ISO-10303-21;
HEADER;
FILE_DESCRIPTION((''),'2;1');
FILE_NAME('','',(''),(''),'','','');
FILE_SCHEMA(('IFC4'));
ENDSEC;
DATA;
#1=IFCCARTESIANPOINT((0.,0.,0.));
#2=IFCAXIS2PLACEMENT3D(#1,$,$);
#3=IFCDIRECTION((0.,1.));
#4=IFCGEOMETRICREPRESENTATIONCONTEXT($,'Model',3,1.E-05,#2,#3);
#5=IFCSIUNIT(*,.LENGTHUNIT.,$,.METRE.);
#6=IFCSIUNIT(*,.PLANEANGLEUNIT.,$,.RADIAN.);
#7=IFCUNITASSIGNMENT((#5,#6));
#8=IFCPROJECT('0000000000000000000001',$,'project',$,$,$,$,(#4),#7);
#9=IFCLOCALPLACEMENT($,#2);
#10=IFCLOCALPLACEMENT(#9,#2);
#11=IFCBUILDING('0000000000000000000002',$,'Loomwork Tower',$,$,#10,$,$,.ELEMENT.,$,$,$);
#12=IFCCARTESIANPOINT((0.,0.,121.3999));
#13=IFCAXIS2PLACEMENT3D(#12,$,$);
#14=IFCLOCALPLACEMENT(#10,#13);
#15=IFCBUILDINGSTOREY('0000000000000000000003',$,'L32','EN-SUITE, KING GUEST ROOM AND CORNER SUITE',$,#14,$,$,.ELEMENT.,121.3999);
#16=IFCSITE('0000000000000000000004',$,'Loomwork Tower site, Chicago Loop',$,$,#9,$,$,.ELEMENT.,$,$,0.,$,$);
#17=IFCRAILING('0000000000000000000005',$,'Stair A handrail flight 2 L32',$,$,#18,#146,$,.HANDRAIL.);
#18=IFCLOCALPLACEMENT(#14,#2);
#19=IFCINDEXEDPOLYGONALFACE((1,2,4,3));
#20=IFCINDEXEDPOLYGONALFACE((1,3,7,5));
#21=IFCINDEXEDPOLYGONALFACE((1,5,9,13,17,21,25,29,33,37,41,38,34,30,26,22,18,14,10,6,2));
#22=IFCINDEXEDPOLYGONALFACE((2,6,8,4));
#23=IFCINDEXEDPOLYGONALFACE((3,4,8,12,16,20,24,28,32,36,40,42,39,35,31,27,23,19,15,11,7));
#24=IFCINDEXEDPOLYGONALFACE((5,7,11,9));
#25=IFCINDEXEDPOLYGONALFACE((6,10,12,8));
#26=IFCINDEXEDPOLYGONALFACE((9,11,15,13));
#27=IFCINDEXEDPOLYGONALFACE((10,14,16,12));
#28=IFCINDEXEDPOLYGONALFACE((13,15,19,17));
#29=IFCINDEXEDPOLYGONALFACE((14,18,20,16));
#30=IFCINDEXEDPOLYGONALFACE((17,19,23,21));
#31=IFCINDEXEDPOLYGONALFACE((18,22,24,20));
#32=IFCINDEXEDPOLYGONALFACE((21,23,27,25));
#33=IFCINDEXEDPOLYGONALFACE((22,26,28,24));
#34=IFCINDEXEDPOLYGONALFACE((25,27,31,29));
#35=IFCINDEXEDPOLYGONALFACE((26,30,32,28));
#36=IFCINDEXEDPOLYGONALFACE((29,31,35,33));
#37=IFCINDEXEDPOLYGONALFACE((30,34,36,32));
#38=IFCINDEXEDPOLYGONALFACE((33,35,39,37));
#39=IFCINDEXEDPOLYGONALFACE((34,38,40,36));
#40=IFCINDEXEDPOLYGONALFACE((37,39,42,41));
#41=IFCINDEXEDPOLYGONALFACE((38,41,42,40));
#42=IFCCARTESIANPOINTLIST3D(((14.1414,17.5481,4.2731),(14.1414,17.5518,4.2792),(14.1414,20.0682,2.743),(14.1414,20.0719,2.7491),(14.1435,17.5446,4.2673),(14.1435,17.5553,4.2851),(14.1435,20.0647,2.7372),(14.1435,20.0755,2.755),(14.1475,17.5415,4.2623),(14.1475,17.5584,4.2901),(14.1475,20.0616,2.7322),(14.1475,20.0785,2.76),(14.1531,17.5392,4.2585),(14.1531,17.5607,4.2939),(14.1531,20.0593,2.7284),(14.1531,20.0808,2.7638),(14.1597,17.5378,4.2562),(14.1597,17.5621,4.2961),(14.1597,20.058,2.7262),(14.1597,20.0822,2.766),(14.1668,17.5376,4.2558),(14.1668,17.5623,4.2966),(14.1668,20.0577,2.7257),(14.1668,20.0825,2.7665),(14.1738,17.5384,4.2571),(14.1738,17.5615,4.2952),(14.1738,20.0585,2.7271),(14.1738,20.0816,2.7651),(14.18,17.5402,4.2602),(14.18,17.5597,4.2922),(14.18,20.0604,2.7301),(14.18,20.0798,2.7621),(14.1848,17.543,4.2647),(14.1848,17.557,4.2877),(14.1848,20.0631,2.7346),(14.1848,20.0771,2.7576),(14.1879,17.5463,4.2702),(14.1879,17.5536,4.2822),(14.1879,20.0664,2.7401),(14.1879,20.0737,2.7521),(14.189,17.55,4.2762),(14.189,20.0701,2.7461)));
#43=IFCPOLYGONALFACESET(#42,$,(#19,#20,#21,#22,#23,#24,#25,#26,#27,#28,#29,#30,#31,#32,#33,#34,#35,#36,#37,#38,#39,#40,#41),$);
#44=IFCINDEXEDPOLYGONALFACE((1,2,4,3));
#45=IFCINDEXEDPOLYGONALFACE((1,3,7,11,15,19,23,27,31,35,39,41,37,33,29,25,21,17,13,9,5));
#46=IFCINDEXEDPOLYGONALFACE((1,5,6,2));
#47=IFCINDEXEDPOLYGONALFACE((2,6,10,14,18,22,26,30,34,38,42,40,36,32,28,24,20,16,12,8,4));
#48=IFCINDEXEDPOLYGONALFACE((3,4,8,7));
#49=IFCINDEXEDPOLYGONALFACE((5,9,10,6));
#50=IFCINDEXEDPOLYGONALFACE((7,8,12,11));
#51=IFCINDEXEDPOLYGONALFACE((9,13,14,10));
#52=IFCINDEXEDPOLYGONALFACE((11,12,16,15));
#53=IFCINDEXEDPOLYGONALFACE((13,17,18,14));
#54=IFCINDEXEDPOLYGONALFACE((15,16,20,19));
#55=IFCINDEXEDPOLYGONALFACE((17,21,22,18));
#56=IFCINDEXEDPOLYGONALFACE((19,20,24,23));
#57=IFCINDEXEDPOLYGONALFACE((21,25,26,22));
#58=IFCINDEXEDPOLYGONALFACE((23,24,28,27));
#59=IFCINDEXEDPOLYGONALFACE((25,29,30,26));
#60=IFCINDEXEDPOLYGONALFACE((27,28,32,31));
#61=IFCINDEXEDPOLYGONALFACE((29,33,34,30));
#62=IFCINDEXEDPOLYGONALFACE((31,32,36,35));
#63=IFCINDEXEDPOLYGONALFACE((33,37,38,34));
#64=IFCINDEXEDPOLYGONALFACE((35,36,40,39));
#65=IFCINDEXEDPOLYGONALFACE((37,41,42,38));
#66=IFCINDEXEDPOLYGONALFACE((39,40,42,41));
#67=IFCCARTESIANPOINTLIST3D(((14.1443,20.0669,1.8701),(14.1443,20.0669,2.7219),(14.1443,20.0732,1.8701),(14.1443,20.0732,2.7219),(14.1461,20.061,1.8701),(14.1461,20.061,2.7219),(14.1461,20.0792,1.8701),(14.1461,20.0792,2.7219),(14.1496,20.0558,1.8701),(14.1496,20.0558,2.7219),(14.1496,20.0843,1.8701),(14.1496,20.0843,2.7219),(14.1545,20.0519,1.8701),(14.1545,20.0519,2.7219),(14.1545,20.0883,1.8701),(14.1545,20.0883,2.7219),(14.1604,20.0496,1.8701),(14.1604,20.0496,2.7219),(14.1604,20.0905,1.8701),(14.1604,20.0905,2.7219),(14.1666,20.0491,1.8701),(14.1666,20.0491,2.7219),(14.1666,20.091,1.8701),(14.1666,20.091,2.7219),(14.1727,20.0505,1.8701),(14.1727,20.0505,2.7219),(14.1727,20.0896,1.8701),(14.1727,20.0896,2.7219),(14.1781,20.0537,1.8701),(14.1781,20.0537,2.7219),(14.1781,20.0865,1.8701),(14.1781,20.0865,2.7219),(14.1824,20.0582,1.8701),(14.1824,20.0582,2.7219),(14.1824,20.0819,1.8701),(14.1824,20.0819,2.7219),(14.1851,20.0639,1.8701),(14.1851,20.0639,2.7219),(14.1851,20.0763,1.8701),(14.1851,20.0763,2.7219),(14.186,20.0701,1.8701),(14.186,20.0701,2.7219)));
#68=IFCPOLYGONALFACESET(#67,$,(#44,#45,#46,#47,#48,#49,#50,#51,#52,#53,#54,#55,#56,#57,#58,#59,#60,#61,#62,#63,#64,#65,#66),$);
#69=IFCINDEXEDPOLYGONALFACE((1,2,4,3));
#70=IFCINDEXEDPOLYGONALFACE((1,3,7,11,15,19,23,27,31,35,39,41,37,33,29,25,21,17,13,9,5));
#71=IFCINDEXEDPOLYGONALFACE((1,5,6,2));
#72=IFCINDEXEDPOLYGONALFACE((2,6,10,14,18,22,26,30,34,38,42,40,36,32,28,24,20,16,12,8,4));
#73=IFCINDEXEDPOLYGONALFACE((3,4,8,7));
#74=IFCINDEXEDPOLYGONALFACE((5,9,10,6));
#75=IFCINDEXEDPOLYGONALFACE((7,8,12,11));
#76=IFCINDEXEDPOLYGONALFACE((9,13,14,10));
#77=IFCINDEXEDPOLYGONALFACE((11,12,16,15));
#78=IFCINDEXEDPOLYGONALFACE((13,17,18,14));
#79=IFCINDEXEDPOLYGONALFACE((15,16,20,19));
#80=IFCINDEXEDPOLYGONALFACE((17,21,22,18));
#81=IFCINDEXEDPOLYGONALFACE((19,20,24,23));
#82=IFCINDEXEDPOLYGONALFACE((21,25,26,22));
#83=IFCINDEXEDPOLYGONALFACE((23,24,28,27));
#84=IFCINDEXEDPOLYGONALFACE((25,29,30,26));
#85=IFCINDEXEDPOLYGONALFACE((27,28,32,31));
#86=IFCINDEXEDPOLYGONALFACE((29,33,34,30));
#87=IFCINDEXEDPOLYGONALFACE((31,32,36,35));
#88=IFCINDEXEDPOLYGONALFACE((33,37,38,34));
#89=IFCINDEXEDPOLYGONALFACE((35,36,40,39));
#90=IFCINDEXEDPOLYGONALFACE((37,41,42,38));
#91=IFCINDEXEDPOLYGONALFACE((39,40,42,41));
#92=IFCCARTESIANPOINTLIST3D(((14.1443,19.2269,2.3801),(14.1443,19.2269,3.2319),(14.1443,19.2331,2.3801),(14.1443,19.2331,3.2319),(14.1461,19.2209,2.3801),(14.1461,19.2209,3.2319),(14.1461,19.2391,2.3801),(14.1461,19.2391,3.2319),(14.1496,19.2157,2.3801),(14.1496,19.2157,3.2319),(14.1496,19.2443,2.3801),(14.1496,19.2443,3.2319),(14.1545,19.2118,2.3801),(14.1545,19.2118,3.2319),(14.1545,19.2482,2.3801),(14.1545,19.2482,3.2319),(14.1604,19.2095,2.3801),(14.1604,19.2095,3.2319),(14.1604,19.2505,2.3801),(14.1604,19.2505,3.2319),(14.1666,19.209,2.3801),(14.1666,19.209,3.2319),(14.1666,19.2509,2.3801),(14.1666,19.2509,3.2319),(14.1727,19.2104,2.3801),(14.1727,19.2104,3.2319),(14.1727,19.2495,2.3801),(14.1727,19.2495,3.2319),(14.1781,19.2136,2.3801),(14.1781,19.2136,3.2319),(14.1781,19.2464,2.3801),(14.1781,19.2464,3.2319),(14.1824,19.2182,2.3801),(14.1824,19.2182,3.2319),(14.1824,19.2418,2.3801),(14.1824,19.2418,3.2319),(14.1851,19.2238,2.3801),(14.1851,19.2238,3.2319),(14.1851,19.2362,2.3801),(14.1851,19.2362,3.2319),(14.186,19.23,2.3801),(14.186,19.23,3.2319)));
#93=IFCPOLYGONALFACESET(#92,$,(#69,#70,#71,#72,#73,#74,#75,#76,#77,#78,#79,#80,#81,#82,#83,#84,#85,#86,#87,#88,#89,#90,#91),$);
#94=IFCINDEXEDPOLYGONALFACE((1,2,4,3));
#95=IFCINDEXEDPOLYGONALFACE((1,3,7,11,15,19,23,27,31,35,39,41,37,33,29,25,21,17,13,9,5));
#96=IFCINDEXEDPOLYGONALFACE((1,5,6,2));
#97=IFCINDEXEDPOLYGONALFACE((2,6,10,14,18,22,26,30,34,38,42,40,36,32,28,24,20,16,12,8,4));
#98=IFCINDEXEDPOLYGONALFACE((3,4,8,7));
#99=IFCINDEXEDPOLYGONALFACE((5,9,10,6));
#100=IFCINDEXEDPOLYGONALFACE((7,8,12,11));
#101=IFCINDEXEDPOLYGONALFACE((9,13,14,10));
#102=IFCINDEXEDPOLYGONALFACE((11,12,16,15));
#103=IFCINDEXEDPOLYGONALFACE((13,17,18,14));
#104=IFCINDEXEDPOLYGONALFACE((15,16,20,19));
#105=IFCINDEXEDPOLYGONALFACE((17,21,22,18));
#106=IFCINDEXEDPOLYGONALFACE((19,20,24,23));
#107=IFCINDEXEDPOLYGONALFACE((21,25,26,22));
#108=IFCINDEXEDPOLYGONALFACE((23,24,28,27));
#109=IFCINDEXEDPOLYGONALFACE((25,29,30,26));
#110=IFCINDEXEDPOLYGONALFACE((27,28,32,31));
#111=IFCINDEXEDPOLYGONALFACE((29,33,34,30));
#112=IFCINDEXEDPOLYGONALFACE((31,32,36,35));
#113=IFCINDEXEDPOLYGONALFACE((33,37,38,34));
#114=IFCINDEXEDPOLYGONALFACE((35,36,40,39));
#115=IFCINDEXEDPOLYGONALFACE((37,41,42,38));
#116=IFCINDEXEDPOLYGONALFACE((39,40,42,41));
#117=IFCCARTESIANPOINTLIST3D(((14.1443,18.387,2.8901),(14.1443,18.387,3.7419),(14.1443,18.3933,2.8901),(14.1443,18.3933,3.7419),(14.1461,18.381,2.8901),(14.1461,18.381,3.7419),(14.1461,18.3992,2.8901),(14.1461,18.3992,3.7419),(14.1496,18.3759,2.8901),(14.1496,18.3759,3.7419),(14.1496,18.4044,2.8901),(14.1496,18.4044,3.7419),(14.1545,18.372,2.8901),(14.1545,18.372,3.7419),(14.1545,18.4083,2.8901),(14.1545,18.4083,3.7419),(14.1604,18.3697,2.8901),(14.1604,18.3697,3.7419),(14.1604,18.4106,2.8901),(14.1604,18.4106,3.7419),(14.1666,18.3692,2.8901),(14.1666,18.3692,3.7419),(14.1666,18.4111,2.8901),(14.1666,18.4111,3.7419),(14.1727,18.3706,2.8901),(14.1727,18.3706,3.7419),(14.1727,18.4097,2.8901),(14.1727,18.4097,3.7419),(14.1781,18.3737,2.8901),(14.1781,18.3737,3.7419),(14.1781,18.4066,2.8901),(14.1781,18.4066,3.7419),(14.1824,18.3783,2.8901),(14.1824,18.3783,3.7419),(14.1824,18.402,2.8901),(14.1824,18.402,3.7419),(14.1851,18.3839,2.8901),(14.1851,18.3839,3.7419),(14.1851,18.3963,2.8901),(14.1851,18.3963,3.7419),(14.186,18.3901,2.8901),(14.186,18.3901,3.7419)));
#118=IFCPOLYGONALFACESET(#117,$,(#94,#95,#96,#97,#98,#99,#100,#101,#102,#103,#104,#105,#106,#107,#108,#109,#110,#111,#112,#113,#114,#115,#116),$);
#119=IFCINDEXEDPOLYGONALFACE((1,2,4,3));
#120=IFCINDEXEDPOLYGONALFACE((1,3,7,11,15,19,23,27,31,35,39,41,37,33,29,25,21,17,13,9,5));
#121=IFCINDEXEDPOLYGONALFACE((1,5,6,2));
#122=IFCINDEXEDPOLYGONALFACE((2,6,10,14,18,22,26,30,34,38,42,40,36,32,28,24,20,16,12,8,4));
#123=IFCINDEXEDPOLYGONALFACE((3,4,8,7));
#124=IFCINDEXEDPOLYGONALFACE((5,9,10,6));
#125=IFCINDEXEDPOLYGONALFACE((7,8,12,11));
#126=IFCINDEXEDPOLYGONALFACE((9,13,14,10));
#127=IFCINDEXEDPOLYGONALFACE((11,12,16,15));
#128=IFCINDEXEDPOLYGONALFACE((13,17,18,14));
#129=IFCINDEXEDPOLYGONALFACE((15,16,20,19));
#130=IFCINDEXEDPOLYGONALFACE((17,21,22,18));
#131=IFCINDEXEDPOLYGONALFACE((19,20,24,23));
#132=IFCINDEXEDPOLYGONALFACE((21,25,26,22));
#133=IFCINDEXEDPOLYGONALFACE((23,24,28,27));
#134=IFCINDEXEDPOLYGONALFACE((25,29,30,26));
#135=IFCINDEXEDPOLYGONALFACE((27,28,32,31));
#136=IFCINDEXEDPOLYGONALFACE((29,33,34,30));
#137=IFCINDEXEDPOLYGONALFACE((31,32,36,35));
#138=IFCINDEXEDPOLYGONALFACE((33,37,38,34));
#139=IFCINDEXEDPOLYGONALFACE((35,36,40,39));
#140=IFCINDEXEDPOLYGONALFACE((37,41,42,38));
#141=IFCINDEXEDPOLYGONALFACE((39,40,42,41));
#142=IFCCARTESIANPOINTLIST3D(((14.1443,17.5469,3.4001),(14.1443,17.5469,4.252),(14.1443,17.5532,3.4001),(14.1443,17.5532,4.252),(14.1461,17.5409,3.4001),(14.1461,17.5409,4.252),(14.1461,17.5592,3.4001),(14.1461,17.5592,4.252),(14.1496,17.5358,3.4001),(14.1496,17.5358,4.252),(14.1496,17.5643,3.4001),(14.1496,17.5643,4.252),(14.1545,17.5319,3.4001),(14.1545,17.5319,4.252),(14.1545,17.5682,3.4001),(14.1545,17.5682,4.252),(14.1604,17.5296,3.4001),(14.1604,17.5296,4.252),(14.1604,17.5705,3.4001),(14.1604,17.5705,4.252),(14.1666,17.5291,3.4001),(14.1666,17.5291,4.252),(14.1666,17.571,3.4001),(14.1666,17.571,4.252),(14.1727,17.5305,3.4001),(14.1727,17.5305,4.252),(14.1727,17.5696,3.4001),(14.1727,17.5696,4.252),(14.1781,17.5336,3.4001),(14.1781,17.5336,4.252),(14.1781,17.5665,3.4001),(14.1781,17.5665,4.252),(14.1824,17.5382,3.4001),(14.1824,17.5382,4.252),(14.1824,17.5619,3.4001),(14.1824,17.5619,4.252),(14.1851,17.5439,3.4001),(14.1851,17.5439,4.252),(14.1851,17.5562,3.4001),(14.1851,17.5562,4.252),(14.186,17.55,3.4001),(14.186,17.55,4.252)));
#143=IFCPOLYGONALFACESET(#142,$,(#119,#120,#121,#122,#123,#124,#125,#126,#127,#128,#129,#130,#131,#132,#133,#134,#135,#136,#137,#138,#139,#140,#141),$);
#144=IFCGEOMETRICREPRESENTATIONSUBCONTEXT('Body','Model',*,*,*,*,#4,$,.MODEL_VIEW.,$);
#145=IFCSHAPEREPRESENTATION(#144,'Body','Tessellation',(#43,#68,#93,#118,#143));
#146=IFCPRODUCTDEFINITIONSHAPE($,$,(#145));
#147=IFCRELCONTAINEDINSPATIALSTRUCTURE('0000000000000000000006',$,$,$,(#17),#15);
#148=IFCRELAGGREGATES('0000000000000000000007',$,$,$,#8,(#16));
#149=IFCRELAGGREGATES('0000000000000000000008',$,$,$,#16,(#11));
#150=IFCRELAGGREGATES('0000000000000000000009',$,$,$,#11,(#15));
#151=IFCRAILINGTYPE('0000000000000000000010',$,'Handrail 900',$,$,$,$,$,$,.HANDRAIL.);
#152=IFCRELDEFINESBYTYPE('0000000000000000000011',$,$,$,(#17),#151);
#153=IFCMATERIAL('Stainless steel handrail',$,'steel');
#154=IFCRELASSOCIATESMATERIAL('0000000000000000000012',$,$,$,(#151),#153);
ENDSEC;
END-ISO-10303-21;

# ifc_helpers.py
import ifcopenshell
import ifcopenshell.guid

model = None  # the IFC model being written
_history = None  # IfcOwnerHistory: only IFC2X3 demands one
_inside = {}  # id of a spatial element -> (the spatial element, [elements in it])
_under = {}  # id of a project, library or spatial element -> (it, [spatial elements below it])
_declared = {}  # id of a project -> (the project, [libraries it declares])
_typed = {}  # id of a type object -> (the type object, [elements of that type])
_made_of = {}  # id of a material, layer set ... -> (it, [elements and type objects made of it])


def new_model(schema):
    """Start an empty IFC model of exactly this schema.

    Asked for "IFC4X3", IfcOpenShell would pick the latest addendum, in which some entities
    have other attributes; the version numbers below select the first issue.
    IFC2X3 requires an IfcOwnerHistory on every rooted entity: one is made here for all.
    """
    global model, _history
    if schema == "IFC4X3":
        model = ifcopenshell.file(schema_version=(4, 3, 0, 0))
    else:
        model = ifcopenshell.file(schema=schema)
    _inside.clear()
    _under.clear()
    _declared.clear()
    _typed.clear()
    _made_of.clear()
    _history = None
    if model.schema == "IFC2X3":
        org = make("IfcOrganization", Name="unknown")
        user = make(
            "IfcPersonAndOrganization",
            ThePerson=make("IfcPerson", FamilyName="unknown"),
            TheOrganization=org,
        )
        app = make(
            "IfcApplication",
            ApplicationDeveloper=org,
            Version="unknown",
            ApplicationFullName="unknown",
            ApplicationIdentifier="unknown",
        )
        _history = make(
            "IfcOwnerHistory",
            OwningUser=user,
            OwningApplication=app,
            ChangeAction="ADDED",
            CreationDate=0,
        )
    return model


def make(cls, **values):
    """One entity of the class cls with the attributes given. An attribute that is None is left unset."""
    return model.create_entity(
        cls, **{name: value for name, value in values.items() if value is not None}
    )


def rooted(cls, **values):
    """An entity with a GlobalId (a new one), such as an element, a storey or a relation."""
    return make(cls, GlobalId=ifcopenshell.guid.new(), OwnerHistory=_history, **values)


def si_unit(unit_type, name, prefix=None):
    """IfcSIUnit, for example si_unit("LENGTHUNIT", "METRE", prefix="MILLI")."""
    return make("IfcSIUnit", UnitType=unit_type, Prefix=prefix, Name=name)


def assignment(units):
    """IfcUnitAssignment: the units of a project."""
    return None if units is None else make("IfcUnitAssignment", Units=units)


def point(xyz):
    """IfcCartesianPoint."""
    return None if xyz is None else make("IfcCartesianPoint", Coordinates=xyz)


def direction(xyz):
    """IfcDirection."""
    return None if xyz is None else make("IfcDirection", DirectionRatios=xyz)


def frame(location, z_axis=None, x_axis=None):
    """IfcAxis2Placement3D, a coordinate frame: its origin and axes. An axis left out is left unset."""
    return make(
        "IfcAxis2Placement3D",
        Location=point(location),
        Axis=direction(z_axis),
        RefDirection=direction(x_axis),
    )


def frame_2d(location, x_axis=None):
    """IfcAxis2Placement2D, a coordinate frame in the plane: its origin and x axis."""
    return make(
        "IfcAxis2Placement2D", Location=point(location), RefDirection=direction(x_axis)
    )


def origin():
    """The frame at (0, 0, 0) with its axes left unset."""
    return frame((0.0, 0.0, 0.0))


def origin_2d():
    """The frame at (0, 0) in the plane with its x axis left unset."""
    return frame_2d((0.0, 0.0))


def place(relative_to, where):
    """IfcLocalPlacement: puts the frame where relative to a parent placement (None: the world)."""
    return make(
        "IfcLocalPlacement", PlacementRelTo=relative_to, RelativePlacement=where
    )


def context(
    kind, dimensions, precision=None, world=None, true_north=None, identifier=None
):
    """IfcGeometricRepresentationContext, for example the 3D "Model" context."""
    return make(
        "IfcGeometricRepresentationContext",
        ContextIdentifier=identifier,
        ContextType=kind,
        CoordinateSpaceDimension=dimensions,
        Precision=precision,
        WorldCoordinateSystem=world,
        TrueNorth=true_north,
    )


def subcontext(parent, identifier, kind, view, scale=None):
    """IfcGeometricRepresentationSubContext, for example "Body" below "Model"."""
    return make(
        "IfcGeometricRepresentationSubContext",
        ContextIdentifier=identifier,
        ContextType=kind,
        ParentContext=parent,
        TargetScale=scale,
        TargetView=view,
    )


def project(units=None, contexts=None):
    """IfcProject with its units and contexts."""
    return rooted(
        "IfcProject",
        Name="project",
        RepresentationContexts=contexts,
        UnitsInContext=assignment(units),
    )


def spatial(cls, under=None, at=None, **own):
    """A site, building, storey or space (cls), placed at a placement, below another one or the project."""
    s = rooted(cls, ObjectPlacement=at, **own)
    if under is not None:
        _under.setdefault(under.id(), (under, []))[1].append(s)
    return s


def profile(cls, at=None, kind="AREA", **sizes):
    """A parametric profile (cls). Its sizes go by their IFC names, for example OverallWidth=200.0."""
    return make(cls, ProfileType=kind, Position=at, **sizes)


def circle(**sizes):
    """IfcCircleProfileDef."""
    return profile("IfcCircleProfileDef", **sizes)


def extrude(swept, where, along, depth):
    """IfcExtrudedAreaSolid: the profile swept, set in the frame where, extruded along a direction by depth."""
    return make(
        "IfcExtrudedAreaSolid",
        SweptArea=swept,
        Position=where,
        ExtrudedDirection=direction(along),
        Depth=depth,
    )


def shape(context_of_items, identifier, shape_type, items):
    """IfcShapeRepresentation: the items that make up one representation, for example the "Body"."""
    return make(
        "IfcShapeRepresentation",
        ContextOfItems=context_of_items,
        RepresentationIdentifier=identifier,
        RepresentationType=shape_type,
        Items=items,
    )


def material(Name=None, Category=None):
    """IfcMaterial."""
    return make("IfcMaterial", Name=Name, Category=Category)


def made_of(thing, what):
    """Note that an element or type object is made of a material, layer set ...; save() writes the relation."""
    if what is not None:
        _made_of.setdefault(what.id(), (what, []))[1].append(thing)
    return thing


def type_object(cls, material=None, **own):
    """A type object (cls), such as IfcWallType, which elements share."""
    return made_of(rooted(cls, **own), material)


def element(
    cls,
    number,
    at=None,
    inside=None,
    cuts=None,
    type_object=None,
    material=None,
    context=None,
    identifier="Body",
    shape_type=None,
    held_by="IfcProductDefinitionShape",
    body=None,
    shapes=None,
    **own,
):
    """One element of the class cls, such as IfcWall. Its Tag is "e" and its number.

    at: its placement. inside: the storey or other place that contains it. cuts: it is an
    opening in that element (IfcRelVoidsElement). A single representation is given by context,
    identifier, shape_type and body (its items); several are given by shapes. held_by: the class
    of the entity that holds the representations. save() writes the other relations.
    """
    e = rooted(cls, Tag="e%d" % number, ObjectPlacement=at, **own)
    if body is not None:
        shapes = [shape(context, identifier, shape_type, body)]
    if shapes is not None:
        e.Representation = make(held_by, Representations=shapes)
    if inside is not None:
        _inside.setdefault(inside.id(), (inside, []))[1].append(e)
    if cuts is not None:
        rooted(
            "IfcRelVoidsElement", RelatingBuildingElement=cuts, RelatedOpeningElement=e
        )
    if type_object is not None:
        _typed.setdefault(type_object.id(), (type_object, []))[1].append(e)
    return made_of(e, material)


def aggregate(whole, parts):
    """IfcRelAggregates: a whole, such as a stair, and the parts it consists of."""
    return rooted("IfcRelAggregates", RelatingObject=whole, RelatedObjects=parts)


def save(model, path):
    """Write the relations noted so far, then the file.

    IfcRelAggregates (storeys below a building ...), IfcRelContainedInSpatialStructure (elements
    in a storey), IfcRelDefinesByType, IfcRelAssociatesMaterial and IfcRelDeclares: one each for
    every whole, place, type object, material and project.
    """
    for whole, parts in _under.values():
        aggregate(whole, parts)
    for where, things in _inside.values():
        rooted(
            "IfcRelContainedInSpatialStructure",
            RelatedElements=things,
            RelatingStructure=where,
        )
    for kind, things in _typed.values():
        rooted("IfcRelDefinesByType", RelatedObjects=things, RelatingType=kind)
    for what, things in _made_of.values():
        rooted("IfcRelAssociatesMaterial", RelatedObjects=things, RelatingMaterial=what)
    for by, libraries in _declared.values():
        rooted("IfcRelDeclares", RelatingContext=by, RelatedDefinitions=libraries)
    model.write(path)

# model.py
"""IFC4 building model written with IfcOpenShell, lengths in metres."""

from ifc_helpers import new_model, si_unit, direction, frame, origin, origin_2d, place, context, subcontext, project, spatial, circle, extrude, material, type_object, element, save


model = new_model("IFC4")

# Units and contexts
model_context = context("Model", 3, precision=1e-05, world=origin(), true_north=direction((0.0, 1.0)))
body_context = subcontext(model_context, "Body", "Model", "MODEL_VIEW")
ifc_project = project(units=[si_unit("LENGTHUNIT", "METRE"), si_unit("PLANEANGLEUNIT", "RADIAN")], contexts=[model_context])

# Site, building, storey
site_placement = place(None, origin())
site = spatial("IfcSite", under=ifc_project, at=site_placement, Name="Loomwork Tower site, Chicago Loop", CompositionType="ELEMENT", RefElevation=0.0)
building_placement = place(site_placement, origin())
building = spatial("IfcBuilding", under=site, at=building_placement, Name="Loomwork Tower", CompositionType="ELEMENT")
storey_placement = place(building_placement, frame((0.0, 0.0, 121.3999)))
storey = spatial("IfcBuildingStorey", under=building, at=storey_placement, Name="L32", Description="EN-SUITE, KING GUEST ROOM AND CORNER SUITE", CompositionType="ELEMENT", Elevation=121.3999)

# Railing
ifc_material_1 = material(Name="Stainless steel handrail", Category="steel")
railing_type = type_object("IfcRailingType", Name="Handrail 900", PredefinedType="HANDRAIL", material=ifc_material_1)
railing_1_placement = place(storey_placement, frame((14.165, 20.0701, 1.8701)))
element("IfcRailing", 1, at=railing_1_placement, inside=storey, type_object=railing_type, Name="Stair A handrail flight 2 L32", PredefinedType="HANDRAIL", context=body_context, shape_type="SweptSolid", body=[
    extrude(circle(Radius=0.0239, at=origin_2d()), frame((0.0, 0.0, 0.876), z_axis=(0.0, -0.854785, 0.518982), x_axis=(1.0, 0.0, 0.0)), (0.0, 0.0, 1.0), 2.9482),
    extrude(circle(Radius=0.021, at=origin_2d()), origin(), (0.0, 0.0, 1.0), 0.8518),
    extrude(circle(Radius=0.021, at=origin_2d()), frame((0.0, -0.8401, 0.51)), (0.0, 0.0, 1.0), 0.8518),
    extrude(circle(Radius=0.021, at=origin_2d()), frame((0.0, -1.6799, 1.02)), (0.0, 0.0, 1.0), 0.8518),
    extrude(circle(Radius=0.021, at=origin_2d()), frame((0.0, -2.52, 1.53)), (0.0, 0.0, 1.0), 0.8518),
])

save(model, "model.ifc")
